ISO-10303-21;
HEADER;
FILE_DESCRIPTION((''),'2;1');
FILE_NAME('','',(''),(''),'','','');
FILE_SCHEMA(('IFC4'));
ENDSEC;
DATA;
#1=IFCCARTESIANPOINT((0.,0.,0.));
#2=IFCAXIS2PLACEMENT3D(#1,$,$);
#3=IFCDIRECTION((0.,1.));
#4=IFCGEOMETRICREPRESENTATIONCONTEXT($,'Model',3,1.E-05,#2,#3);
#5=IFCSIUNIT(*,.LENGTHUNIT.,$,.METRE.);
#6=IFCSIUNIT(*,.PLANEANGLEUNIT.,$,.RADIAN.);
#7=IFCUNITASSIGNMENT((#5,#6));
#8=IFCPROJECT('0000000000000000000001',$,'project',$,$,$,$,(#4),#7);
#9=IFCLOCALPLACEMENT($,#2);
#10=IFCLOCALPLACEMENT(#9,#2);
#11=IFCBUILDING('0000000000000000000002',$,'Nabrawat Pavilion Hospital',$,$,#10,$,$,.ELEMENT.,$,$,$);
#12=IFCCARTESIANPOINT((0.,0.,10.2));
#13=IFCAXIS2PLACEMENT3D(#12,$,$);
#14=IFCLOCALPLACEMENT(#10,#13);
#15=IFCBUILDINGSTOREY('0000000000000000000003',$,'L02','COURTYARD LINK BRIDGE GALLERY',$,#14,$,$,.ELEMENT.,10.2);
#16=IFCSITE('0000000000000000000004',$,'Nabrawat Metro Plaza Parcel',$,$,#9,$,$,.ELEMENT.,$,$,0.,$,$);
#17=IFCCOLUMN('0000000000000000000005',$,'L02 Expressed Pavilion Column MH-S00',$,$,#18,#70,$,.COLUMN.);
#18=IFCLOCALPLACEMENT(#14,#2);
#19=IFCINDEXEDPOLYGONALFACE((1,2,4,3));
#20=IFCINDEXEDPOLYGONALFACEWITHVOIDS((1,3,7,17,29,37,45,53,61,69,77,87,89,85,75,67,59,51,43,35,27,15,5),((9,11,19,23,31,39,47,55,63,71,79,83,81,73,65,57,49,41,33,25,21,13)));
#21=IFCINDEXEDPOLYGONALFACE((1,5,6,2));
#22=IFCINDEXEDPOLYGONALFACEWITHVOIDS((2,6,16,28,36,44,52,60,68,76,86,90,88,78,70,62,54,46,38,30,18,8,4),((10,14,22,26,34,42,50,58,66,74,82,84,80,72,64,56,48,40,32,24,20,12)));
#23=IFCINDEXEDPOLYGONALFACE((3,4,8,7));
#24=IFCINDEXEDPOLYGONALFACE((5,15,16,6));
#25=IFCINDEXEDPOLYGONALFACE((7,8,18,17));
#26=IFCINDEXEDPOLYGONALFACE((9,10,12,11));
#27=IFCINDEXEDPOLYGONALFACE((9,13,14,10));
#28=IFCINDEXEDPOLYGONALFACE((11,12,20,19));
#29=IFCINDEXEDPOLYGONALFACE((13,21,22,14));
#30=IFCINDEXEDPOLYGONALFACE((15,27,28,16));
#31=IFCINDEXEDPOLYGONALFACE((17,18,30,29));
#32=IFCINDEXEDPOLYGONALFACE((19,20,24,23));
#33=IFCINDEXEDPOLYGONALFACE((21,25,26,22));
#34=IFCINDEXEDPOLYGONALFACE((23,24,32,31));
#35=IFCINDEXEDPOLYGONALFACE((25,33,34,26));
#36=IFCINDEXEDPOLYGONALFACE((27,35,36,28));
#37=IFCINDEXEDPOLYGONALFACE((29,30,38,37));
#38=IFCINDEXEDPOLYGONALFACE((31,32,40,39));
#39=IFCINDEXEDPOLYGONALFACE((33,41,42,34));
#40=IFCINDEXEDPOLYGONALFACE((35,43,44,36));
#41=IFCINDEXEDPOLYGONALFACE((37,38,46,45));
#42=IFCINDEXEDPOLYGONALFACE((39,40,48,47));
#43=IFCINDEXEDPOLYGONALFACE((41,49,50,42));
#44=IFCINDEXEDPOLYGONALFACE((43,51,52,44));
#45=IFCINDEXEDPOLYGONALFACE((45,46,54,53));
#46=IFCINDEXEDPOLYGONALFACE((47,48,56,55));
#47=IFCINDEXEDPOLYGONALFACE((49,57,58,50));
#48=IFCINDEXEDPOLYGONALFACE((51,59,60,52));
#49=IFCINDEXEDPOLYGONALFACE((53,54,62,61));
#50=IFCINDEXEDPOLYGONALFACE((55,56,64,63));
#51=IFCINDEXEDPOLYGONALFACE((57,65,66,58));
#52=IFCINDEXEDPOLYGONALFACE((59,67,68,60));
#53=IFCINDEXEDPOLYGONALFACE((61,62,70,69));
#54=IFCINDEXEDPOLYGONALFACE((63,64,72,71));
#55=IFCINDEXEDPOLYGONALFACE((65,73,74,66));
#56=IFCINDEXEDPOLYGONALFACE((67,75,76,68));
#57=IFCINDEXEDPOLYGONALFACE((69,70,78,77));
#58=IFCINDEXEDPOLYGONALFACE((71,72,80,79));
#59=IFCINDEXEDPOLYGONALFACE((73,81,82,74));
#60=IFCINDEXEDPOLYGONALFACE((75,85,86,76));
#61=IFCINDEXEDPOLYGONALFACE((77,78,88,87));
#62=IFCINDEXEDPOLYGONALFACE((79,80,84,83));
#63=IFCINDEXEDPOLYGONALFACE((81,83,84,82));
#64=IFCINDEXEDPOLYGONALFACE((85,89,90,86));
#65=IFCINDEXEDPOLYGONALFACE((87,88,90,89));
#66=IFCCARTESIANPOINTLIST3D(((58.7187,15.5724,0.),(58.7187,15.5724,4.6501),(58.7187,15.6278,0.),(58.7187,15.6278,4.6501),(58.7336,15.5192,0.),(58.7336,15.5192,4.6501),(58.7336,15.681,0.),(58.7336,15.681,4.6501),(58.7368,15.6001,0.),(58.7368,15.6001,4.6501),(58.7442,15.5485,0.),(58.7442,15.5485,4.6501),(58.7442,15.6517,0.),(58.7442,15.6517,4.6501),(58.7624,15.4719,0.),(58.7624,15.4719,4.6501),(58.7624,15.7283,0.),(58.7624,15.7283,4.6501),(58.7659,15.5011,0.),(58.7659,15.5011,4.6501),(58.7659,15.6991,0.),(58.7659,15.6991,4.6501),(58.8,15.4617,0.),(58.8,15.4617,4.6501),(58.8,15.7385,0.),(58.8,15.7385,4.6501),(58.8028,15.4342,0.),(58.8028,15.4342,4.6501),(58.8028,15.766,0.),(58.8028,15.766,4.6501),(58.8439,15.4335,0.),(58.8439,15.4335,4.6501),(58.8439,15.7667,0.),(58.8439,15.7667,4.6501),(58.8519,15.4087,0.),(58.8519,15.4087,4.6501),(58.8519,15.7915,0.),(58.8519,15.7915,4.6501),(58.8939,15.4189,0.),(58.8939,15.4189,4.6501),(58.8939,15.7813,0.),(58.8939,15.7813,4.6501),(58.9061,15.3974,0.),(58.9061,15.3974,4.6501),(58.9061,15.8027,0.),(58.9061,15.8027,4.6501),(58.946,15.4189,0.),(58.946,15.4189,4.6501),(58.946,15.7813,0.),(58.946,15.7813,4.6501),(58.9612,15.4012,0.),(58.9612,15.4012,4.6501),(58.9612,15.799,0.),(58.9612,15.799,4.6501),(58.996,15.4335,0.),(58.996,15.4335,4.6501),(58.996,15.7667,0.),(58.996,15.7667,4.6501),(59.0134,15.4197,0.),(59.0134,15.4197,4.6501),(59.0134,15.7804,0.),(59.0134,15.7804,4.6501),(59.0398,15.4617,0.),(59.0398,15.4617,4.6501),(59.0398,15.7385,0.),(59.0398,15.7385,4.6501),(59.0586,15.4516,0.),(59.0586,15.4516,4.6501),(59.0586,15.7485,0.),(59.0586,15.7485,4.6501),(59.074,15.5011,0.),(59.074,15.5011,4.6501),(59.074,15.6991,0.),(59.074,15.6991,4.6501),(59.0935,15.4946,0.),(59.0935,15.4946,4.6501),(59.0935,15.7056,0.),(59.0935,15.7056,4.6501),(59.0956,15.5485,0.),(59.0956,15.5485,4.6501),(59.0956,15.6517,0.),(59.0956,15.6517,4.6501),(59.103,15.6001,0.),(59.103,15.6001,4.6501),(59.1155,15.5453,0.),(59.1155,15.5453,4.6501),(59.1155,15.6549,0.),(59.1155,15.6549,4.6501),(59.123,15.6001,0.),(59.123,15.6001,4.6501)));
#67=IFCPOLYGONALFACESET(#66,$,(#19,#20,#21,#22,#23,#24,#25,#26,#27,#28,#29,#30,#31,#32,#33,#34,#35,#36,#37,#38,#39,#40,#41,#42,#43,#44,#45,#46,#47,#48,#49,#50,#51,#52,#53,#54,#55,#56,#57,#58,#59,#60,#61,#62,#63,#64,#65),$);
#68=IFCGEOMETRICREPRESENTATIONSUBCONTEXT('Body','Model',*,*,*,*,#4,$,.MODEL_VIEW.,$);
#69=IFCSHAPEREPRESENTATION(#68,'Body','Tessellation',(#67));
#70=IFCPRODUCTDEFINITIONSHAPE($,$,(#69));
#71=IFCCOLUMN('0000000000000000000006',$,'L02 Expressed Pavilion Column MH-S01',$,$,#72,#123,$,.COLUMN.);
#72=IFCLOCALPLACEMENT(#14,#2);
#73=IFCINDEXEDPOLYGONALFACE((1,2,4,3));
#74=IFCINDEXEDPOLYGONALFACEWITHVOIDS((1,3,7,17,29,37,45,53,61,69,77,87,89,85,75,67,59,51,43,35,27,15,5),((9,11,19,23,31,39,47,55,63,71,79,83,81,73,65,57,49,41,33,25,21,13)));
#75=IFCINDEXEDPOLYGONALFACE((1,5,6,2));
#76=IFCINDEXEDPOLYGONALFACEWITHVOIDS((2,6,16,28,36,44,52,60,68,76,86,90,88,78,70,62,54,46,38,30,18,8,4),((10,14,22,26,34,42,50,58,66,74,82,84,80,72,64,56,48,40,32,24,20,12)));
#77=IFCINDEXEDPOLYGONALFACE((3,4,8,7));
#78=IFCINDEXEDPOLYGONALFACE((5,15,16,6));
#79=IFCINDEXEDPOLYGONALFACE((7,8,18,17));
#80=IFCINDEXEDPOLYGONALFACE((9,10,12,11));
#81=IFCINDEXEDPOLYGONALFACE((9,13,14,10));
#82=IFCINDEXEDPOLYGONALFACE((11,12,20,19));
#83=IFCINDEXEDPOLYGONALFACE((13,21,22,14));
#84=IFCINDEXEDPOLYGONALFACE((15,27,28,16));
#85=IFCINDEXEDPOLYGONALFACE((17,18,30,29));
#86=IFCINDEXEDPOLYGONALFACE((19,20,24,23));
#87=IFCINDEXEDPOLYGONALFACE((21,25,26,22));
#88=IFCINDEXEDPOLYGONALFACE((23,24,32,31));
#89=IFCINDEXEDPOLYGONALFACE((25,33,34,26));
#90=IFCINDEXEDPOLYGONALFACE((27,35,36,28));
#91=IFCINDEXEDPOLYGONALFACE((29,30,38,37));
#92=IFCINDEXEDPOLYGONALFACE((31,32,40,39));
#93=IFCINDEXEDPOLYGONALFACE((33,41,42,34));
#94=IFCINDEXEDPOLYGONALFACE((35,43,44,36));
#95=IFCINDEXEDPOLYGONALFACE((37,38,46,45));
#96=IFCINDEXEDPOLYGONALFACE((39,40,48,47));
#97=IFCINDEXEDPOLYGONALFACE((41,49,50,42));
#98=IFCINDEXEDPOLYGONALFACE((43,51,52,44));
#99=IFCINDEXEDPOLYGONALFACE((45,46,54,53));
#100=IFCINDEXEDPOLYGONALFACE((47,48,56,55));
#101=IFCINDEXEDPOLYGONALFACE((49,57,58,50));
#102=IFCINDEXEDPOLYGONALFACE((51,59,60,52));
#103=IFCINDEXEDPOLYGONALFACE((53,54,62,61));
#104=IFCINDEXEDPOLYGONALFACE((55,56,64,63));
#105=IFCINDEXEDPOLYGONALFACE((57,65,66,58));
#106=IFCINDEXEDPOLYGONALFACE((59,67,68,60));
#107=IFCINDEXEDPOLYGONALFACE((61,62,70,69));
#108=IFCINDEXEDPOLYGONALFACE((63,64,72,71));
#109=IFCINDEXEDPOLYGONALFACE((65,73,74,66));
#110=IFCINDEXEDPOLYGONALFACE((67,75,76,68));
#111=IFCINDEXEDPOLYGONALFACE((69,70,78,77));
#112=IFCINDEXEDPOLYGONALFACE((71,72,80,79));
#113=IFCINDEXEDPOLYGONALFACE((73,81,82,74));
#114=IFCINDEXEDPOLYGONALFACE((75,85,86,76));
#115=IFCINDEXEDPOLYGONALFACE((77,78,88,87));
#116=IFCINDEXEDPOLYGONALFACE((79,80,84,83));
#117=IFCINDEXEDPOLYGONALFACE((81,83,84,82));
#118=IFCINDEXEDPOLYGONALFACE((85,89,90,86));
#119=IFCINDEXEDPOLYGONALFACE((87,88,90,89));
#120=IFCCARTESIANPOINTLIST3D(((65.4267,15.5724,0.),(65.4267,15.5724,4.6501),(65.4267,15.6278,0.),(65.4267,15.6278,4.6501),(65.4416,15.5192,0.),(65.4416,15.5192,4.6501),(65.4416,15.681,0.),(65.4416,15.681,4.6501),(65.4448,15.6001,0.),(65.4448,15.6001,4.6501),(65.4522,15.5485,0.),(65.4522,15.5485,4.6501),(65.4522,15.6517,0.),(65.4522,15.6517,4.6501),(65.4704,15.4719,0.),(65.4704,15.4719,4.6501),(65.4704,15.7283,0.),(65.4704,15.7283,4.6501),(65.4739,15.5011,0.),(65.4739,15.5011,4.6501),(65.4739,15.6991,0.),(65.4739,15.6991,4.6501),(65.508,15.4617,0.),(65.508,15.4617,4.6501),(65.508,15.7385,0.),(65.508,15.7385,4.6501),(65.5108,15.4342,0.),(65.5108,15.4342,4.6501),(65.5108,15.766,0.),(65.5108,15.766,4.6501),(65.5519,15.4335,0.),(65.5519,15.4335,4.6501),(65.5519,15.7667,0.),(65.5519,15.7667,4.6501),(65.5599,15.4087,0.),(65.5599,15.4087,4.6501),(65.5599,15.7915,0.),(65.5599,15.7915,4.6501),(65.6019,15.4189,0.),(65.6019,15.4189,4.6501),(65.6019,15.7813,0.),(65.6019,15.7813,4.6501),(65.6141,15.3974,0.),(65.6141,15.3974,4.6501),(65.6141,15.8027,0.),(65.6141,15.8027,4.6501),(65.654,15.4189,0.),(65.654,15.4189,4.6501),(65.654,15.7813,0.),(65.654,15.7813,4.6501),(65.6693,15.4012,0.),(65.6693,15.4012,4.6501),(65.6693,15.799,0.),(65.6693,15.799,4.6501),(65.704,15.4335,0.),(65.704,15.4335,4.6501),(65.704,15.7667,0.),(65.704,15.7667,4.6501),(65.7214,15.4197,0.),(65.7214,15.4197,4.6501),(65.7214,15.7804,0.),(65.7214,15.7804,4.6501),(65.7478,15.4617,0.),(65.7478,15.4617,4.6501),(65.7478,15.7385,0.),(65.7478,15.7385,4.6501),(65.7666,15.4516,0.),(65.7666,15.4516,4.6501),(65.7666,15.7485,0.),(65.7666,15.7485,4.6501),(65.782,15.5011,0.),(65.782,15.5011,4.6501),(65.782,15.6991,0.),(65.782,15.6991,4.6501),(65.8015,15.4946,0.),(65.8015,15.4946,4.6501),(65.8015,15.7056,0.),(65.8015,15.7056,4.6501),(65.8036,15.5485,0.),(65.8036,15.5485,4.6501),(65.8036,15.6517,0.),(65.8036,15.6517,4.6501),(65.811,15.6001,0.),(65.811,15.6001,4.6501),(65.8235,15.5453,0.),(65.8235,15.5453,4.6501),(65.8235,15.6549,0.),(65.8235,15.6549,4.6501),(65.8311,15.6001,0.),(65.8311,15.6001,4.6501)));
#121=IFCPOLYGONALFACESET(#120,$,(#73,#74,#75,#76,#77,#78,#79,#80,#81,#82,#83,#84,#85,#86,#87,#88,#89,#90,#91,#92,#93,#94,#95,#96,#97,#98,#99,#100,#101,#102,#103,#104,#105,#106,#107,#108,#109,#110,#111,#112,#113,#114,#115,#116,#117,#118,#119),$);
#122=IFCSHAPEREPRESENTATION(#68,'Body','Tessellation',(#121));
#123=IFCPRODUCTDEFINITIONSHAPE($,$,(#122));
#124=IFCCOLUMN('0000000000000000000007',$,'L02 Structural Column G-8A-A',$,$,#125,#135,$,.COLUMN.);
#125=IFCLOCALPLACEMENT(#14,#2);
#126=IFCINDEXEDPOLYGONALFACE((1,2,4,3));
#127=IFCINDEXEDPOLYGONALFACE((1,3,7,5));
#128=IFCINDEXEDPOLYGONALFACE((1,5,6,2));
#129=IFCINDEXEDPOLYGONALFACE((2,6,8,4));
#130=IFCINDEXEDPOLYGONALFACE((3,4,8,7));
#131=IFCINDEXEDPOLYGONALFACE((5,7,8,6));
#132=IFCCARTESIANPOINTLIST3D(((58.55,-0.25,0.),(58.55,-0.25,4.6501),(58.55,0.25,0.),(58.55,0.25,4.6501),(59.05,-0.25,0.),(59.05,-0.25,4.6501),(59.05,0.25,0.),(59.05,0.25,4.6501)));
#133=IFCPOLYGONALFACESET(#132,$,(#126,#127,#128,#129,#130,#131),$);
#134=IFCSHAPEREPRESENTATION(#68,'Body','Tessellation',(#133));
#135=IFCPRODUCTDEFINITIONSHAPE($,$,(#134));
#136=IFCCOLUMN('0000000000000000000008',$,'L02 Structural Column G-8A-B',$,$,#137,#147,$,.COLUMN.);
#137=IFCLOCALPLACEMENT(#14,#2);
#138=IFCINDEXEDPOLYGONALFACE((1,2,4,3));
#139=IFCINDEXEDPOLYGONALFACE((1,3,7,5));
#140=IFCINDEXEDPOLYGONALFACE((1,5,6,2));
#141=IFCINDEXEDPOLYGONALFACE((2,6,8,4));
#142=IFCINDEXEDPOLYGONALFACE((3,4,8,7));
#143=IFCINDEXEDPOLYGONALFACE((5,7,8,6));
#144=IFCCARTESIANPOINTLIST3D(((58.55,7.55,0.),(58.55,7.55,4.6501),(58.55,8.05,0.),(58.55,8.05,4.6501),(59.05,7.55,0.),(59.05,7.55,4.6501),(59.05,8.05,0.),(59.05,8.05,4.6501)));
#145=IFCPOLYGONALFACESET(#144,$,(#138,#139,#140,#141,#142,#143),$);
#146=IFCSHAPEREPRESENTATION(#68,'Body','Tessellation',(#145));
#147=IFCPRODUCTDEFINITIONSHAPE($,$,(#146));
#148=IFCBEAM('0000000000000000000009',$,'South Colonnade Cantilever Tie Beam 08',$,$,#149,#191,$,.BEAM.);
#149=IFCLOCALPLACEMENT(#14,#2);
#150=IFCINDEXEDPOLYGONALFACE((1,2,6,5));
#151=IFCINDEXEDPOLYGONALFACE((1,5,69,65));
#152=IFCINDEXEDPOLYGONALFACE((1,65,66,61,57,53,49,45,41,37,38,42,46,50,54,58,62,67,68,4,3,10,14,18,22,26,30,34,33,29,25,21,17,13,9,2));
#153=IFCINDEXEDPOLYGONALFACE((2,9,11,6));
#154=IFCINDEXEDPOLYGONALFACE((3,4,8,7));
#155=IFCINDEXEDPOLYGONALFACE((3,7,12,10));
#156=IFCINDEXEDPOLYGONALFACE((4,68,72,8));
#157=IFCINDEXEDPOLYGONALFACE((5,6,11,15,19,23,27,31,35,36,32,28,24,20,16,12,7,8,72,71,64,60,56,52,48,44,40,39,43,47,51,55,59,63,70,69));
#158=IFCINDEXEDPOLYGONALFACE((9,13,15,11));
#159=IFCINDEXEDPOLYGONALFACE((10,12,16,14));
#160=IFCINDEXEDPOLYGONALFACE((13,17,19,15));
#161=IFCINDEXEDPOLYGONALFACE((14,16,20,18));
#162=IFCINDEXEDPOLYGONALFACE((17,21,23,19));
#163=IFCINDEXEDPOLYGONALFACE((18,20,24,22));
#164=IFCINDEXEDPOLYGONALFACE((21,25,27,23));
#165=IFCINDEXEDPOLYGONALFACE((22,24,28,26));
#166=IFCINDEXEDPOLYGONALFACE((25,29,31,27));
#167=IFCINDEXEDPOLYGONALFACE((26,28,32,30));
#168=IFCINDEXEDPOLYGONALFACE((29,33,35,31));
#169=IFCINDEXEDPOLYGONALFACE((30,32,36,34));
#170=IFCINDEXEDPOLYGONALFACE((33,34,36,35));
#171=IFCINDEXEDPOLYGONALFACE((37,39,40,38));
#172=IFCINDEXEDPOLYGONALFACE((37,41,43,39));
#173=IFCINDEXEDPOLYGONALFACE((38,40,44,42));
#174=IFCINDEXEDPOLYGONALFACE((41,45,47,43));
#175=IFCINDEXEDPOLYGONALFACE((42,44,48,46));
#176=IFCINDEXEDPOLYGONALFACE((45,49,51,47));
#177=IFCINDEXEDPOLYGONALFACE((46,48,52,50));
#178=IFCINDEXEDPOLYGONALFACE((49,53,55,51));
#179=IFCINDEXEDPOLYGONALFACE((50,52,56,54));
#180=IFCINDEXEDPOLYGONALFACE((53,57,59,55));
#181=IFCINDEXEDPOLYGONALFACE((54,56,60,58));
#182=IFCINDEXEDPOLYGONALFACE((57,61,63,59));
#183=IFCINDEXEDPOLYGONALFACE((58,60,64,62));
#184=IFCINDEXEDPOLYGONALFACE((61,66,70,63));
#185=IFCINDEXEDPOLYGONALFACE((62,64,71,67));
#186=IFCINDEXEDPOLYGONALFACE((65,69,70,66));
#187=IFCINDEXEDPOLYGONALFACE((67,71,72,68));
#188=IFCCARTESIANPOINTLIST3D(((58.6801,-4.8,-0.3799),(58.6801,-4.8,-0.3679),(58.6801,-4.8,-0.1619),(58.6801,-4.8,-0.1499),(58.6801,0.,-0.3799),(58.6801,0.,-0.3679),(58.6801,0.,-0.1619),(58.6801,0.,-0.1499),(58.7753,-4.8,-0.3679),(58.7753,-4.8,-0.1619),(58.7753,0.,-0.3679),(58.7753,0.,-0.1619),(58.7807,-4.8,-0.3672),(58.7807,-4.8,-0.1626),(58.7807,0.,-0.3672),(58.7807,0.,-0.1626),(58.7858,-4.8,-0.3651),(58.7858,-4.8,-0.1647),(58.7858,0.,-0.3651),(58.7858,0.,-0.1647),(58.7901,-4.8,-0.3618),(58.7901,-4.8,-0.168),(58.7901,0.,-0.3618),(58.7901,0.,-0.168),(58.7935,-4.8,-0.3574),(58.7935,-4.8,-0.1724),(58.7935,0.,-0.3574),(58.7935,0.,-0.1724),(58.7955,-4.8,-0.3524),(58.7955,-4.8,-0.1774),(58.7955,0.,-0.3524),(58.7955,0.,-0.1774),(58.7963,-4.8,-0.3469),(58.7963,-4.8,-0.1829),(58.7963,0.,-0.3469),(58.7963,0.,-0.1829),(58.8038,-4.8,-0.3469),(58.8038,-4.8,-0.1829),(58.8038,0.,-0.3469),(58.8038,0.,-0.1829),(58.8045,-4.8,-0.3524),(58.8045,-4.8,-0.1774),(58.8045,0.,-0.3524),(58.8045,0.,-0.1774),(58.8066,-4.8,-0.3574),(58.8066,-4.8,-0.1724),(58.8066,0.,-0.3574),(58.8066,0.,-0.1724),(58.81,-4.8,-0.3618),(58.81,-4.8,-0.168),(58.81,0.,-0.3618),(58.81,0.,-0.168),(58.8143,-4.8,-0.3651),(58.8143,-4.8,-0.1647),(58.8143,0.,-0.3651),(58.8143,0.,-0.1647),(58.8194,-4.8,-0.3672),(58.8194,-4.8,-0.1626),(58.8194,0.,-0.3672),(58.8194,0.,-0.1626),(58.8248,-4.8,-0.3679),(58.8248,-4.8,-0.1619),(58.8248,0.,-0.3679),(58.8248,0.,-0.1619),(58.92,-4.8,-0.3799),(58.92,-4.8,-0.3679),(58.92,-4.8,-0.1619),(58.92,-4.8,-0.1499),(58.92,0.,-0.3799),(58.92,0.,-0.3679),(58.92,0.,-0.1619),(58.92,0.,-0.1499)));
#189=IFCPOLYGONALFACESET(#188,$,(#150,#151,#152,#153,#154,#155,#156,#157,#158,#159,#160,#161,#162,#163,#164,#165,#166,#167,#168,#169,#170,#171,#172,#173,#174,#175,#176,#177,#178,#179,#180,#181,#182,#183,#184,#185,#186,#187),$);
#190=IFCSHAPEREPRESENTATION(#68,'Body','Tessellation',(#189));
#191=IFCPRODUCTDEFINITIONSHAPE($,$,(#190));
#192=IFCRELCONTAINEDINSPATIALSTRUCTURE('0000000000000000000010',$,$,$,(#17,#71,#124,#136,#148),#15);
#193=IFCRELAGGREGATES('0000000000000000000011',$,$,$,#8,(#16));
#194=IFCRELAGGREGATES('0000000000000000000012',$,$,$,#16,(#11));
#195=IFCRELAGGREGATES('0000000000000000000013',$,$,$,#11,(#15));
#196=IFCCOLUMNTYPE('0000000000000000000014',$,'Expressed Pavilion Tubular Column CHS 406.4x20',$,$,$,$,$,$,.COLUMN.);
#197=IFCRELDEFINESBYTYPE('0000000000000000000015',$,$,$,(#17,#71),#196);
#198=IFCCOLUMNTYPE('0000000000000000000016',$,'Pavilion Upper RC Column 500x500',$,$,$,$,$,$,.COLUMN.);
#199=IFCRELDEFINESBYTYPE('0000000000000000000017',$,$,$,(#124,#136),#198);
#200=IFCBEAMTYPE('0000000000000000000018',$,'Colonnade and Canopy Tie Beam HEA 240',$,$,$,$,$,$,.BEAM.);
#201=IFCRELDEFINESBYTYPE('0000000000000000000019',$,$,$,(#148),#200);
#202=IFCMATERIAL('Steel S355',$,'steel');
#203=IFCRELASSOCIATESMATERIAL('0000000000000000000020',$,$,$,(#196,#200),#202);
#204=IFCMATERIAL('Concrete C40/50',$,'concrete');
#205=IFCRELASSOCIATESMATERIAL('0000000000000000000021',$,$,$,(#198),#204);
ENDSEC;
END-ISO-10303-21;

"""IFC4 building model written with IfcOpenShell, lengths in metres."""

from ifc_helpers import new_model, si_unit, direction, frame, origin, origin_2d, place, context, subcontext, project, spatial, rectangle, hollow_circle, i_section, extrude, material, material_profile, profile_set, type_object, element, save


model = new_model("IFC4")

# Units and contexts
model_context = context("Model", 3, precision=1e-05, world=origin(), true_north=direction((0.0, 1.0)))
body_context = subcontext(model_context, "Body", "Model", "MODEL_VIEW")
ifc_project = project(units=[si_unit("LENGTHUNIT", "METRE"), si_unit("PLANEANGLEUNIT", "RADIAN")], contexts=[model_context])

# Site, building, storey
site_placement = place(None, origin())
site = spatial("IfcSite", under=ifc_project, at=site_placement, Name="Nabrawat Metro Plaza Parcel", CompositionType="ELEMENT", RefElevation=0.0)
building_placement = place(site_placement, origin())
building = spatial("IfcBuilding", under=site, at=building_placement, Name="Nabrawat Pavilion Hospital", CompositionType="ELEMENT")
storey_placement = place(building_placement, frame((0.0, 0.0, 10.2)))
storey = spatial("IfcBuildingStorey", under=building, at=storey_placement, Name="L02", Description="COURTYARD LINK BRIDGE GALLERY", CompositionType="ELEMENT", Elevation=10.2)

# Columns
ifc_material_1 = material(Name="Steel S355", Category="steel")
ifc_material_profile_1 = material_profile(ifc_material_1, hollow_circle(Radius=0.2031, WallThickness=0.02, at=origin_2d()), Name="CHS 406.4x20")
ifc_profile_set_1 = profile_set([ifc_material_profile_1], Name="Steel S355")
column_type_1 = type_object("IfcColumnType", Name="Expressed Pavilion Tubular Column CHS 406.4x20", PredefinedType="COLUMN", material=ifc_profile_set_1)
for number, where, z_axis, x_axis, name in (
    (1, (58.9199, 15.6001, 0.0), (0.0, 0.0, 1.0), (1.0, 0.0, 0.0), "L02 Expressed Pavilion Column MH-S00"),
    (2, (65.6279, 15.6001, 0.0), (0.0, 0.0, 1.0), (1.0, 0.0, 0.0), "L02 Expressed Pavilion Column MH-S01"),
):
    element("IfcColumn", number, at=place(storey_placement, frame(where, z_axis=z_axis, x_axis=x_axis)), inside=storey, type_object=column_type_1, Name=name, PredefinedType="COLUMN", context=body_context, shape_type="SweptSolid", body=[
        extrude(hollow_circle(Radius=0.2031, WallThickness=0.02, at=origin_2d()), origin(), (0.0, 0.0, 1.0), 4.6501),
    ])
ifc_material_2 = material(Name="Concrete C40/50", Category="concrete")
ifc_material_profile_2 = material_profile(ifc_material_2, rectangle(XDim=0.5, YDim=0.5, at=origin_2d()), Name="RC 500x500")
ifc_profile_set_2 = profile_set([ifc_material_profile_2], Name="Concrete C40/50")
column_type_2 = type_object("IfcColumnType", Name="Pavilion Upper RC Column 500x500", PredefinedType="COLUMN", material=ifc_profile_set_2)
for number, where, z_axis, x_axis, name in (
    (3, (58.8, 0.0, 0.0), (0.0, 0.0, 1.0), (1.0, 0.0, 0.0), "L02 Structural Column G-8A-A"),
    (4, (58.8, 7.8, 0.0), (0.0, 0.0, 1.0), (1.0, 0.0, 0.0), "L02 Structural Column G-8A-B"),
):
    element("IfcColumn", number, at=place(storey_placement, frame(where, z_axis=z_axis, x_axis=x_axis)), inside=storey, type_object=column_type_2, Name=name, PredefinedType="COLUMN", context=body_context, shape_type="SweptSolid", body=[
        extrude(rectangle(XDim=0.5, YDim=0.5, at=origin_2d()), origin(), (0.0, 0.0, 1.0), 4.6501),
    ])

# Beam
ifc_material_profile_3 = material_profile(ifc_material_1, i_section(OverallWidth=0.24, OverallDepth=0.23, WebThickness=0.0076, FlangeThickness=0.012, FilletRadius=0.021, at=origin_2d()), Name="HEA 240")
ifc_profile_set_3 = profile_set([ifc_material_profile_3], Name="Steel S355")
beam_type_1 = type_object("IfcBeamType", Name="Colonnade and Canopy Tie Beam HEA 240", PredefinedType="BEAM", material=ifc_profile_set_3)
beam_1_placement = place(storey_placement, frame((58.8, -4.8, -0.2649), z_axis=(0.0, 1.0, 0.0), x_axis=(-1.0, 0.0, 0.0)))
element("IfcBeam", 5, at=beam_1_placement, inside=storey, type_object=beam_type_1, Name="South Colonnade Cantilever Tie Beam 08", PredefinedType="BEAM", context=body_context, shape_type="SweptSolid", body=[
    extrude(i_section(OverallWidth=0.24, OverallDepth=0.23, WebThickness=0.0076, FlangeThickness=0.012, FilletRadius=0.021, at=origin_2d()), origin(), (0.0, 0.0, 1.0), 4.8),
])

save(model, "model.ifc")
